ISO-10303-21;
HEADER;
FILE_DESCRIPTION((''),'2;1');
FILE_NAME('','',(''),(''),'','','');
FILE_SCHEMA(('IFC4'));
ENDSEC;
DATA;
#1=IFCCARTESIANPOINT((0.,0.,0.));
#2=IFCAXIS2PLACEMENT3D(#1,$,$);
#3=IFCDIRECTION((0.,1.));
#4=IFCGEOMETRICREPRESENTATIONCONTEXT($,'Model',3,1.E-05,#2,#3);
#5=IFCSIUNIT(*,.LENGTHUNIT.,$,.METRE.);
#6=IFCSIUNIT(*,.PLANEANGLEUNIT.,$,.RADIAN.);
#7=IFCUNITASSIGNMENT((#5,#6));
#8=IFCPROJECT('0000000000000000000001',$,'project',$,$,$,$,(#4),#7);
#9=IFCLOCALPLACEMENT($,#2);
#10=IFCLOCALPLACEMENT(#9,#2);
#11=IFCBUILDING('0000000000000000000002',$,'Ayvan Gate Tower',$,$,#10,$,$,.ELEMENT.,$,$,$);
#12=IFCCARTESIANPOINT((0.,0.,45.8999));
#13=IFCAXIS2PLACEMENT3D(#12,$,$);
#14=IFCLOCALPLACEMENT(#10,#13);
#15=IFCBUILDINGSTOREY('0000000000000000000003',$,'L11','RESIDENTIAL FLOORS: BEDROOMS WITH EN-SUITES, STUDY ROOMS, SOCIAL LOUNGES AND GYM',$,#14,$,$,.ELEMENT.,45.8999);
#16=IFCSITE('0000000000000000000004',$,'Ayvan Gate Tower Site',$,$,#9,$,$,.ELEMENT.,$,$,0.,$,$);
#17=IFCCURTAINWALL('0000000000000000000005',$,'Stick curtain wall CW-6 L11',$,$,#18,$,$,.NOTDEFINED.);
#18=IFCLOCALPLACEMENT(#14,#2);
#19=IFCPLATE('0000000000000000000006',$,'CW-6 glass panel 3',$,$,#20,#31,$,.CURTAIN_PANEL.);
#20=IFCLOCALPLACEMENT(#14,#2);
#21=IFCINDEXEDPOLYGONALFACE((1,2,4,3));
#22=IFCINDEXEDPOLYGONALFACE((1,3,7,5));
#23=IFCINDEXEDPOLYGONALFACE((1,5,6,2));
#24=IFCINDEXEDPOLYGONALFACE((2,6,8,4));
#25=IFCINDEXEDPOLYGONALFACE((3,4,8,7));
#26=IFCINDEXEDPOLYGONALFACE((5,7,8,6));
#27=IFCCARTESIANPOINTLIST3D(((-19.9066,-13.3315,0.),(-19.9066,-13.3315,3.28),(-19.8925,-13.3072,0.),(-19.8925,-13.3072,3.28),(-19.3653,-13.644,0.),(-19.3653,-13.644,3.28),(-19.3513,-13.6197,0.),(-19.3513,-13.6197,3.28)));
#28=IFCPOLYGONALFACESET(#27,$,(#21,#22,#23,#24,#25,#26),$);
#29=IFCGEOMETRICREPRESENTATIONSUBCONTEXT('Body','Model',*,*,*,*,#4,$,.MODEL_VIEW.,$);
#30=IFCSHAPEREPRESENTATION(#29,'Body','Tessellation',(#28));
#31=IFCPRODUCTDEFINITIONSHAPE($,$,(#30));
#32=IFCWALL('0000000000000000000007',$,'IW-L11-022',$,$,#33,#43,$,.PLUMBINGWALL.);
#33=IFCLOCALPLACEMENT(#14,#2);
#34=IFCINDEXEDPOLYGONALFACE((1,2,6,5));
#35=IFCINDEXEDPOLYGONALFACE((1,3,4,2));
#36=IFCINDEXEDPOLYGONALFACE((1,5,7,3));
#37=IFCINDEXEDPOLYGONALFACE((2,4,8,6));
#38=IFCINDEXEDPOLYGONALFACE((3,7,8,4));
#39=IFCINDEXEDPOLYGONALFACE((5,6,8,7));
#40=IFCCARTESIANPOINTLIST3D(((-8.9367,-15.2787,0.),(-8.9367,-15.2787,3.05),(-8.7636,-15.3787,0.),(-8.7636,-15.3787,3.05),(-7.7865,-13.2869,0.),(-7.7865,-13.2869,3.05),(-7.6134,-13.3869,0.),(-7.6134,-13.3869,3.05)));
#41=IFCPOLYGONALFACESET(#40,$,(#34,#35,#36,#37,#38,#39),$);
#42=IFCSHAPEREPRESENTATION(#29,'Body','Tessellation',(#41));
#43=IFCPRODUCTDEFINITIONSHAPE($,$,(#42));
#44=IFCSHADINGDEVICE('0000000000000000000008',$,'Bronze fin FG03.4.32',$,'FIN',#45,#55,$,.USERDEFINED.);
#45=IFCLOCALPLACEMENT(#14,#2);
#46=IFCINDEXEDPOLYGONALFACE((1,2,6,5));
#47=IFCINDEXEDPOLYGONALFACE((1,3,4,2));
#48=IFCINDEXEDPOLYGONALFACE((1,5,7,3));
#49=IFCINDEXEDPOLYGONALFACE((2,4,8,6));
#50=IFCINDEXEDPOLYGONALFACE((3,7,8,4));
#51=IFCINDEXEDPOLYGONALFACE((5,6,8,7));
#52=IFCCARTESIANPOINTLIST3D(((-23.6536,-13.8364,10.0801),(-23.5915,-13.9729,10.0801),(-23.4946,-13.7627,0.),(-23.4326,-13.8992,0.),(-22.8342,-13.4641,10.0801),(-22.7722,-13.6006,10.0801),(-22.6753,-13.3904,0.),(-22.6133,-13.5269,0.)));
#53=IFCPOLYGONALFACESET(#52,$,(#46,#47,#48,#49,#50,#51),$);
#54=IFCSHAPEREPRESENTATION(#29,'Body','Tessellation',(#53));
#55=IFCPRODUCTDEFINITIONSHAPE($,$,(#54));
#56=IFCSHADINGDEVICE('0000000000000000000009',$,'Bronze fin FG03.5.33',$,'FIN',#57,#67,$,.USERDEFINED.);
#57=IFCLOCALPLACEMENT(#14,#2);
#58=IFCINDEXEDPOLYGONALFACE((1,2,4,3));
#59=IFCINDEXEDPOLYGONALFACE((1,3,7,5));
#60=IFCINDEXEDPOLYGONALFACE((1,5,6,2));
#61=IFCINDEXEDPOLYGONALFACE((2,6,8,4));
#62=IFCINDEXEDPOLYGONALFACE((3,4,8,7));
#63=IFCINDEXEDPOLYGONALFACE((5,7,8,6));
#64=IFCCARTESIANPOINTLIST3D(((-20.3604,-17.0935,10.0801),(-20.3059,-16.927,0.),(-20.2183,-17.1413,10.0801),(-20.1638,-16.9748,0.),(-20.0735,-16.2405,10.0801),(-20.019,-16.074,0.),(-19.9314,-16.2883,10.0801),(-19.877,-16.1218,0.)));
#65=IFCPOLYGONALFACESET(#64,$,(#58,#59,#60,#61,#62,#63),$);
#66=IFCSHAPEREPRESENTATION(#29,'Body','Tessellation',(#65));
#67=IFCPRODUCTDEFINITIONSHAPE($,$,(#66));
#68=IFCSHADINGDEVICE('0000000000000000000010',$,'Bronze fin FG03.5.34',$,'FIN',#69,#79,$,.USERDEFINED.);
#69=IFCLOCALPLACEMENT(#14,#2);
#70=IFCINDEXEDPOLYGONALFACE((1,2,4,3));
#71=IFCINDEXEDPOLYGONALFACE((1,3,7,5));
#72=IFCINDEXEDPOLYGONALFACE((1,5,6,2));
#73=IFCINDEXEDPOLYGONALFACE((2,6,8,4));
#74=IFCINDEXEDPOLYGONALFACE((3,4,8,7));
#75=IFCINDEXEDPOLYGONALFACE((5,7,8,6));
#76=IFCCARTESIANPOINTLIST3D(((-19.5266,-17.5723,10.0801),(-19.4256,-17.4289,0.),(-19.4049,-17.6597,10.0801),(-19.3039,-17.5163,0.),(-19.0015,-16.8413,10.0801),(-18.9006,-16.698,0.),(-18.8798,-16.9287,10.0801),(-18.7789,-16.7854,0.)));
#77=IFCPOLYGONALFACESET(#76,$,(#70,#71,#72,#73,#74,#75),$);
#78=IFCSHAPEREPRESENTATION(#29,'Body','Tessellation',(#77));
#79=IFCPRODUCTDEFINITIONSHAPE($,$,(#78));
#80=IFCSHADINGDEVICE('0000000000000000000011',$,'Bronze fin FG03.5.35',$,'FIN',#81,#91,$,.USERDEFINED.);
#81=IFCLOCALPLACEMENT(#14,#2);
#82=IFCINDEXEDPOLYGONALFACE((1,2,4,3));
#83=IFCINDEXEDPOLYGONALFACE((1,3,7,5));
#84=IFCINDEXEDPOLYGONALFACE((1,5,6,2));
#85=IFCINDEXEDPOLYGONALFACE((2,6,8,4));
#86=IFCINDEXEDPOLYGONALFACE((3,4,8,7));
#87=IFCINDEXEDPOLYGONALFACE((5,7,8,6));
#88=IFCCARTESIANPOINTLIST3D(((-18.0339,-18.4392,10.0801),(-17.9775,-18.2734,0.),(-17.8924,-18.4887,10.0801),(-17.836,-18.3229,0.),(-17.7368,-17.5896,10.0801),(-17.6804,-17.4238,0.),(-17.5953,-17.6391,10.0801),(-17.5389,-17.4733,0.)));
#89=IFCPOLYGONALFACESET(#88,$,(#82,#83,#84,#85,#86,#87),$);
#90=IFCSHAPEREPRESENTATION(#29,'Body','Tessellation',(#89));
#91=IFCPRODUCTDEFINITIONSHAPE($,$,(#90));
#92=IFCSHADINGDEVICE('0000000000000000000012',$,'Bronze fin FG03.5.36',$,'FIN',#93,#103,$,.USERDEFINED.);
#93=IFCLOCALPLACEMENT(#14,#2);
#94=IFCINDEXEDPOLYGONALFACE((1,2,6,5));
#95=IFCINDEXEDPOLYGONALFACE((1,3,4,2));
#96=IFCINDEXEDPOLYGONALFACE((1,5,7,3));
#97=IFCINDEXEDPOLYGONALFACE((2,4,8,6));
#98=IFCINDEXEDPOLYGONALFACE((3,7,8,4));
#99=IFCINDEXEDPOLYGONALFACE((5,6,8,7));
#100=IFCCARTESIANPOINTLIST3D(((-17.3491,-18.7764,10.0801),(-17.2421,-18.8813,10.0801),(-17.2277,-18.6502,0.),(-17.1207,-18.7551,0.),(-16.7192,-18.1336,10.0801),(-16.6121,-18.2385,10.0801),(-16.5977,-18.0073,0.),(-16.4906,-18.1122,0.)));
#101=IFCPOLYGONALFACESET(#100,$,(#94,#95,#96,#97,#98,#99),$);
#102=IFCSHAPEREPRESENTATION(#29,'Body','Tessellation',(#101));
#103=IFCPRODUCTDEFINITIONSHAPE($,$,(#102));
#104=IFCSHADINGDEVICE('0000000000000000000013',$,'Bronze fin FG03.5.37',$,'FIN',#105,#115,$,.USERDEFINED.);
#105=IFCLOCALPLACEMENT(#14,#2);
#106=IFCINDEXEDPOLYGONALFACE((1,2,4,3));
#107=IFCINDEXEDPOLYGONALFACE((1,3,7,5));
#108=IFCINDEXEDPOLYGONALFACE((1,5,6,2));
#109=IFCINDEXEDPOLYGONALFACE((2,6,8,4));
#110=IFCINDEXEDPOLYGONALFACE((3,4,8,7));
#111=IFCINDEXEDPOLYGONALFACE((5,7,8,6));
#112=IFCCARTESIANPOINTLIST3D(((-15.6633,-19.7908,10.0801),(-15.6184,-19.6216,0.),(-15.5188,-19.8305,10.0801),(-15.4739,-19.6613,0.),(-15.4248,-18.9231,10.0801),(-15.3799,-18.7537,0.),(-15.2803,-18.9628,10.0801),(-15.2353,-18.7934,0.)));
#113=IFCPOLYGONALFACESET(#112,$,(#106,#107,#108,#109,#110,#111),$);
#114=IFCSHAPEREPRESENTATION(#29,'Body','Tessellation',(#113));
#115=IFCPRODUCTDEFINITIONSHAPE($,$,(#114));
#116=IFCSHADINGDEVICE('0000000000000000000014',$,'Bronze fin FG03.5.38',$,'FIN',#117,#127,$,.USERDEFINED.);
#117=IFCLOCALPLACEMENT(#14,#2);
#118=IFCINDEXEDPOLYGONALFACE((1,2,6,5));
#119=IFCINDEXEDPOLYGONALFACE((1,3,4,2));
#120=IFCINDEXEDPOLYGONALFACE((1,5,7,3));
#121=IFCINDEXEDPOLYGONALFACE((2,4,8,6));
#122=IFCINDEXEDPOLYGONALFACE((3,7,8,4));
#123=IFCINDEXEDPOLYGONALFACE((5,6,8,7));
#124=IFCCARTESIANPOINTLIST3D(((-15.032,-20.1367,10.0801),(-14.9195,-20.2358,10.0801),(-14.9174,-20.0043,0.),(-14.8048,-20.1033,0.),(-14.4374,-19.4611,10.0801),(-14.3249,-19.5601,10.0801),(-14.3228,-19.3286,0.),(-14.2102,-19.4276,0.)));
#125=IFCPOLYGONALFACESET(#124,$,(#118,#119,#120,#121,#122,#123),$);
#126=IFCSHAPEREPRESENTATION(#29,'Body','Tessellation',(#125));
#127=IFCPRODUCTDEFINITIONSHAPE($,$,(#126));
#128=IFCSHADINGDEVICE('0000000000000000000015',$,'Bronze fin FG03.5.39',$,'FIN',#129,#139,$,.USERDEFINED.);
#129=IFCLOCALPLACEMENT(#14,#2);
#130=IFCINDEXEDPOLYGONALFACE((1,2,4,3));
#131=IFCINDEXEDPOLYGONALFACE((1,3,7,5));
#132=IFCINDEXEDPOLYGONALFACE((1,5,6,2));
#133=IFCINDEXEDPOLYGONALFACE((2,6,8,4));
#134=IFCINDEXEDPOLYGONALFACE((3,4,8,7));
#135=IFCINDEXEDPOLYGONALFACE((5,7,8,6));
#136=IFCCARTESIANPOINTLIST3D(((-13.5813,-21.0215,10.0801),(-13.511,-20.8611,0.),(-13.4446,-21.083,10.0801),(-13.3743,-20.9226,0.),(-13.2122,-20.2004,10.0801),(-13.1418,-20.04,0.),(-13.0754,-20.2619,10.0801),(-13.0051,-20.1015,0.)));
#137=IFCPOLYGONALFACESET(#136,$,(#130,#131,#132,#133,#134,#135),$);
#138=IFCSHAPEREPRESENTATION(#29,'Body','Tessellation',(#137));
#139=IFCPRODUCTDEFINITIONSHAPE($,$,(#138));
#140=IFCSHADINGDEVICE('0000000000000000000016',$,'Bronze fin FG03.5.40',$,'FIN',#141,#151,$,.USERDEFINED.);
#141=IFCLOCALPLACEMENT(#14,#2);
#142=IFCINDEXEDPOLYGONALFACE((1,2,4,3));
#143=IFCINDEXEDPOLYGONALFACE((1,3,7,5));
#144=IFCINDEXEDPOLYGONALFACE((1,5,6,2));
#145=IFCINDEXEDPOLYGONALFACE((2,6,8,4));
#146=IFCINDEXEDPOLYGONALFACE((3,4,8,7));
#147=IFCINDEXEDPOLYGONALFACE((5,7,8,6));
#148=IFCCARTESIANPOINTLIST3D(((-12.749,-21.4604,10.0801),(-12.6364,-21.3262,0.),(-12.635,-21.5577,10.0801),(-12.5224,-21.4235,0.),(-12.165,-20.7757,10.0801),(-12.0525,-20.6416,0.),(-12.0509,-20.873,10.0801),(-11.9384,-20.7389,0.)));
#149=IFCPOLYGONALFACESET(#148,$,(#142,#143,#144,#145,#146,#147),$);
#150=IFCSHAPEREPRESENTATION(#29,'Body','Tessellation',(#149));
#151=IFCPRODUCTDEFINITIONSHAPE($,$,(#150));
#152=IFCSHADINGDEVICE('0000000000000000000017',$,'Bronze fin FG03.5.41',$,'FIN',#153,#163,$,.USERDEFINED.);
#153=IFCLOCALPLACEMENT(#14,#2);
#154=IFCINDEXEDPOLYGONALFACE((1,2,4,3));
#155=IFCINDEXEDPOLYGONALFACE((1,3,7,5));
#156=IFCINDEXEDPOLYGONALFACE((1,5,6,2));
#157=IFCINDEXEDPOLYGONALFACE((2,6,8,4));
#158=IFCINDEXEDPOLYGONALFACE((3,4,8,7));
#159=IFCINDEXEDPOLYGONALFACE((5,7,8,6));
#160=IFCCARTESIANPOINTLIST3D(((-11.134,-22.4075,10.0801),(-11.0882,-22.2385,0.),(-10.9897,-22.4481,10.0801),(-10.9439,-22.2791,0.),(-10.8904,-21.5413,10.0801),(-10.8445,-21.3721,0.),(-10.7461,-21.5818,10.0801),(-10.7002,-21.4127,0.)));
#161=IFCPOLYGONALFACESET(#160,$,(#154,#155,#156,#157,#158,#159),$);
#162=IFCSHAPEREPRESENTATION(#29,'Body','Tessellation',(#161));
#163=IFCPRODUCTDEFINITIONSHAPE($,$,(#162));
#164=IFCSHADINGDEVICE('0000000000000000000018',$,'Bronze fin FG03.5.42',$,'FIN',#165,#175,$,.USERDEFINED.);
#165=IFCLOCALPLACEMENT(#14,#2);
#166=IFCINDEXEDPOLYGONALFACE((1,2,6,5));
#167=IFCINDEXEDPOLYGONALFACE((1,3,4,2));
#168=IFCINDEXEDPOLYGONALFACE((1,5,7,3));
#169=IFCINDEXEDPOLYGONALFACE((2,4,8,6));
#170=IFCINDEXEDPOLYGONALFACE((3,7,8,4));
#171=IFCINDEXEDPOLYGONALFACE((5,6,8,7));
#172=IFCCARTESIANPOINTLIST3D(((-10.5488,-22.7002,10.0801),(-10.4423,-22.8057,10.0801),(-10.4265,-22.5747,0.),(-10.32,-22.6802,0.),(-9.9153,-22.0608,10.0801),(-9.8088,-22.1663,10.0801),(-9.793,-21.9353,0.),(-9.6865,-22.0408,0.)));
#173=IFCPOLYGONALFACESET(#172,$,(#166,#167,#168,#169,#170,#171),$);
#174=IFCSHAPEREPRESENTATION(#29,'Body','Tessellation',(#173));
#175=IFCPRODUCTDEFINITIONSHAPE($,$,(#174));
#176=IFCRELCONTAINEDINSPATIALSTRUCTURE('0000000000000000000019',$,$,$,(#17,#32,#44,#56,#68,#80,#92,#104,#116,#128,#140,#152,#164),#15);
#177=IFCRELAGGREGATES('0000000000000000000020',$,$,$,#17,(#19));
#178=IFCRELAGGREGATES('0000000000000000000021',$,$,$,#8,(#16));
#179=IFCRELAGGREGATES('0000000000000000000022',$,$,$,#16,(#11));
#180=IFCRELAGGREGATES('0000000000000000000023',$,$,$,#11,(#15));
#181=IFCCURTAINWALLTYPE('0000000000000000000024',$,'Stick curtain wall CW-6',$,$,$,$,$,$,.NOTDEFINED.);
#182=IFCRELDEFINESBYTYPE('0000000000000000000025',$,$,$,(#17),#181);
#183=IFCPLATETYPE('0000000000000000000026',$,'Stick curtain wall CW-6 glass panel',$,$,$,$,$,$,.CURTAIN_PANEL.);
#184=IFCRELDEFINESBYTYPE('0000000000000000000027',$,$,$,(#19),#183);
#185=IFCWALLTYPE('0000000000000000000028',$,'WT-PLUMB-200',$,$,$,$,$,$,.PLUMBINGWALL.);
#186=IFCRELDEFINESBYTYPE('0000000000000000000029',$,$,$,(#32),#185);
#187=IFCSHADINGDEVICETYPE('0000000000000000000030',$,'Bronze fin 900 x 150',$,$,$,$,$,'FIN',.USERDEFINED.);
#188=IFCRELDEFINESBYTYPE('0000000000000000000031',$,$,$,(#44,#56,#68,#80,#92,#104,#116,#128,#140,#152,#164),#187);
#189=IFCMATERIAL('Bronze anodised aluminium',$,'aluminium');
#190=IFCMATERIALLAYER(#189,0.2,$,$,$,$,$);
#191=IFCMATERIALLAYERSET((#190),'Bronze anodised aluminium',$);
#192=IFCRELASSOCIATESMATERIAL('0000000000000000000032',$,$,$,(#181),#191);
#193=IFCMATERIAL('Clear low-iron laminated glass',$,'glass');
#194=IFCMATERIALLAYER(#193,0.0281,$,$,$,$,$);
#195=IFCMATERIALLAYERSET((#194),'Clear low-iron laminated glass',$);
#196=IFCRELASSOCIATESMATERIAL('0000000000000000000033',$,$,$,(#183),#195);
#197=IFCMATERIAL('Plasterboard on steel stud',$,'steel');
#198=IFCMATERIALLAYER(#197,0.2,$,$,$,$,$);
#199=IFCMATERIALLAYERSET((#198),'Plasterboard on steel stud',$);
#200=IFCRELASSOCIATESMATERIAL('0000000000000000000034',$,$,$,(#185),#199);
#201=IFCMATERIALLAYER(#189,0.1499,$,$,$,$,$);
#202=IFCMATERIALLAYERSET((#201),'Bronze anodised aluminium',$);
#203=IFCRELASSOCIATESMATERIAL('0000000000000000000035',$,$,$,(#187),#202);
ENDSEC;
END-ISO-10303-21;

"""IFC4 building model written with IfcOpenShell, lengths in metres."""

from ifc_helpers import new_model, si_unit, direction, frame, frame_2d, origin, origin_2d, place, context, subcontext, project, spatial, polyline, rectangle, outline, extrude, material, layer, layer_set, type_object, element, aggregate, save


model = new_model("IFC4")

# Units and contexts
model_context = context("Model", 3, precision=1e-05, world=origin(), true_north=direction((0.0, 1.0)))
body_context = subcontext(model_context, "Body", "Model", "MODEL_VIEW")
ifc_project = project(units=[si_unit("LENGTHUNIT", "METRE"), si_unit("PLANEANGLEUNIT", "RADIAN")], contexts=[model_context])

# Site, building, storey
site_placement = place(None, origin())
site = spatial("IfcSite", under=ifc_project, at=site_placement, Name="Ayvan Gate Tower Site", CompositionType="ELEMENT", RefElevation=0.0)
building_placement = place(site_placement, origin())
building = spatial("IfcBuilding", under=site, at=building_placement, Name="Ayvan Gate Tower", CompositionType="ELEMENT")
storey_placement = place(building_placement, frame((0.0, 0.0, 45.8999)))
storey = spatial("IfcBuildingStorey", under=building, at=storey_placement, Name="L11", Description="RESIDENTIAL FLOORS: BEDROOMS WITH EN-SUITES, STUDY ROOMS, SOCIAL LOUNGES AND GYM", CompositionType="ELEMENT", Elevation=45.8999)

# Shared definitions
ifc_material_1 = material(Name="Bronze anodised aluminium", Category="aluminium")

# Curtain wall
ifc_layer_1 = layer(ifc_material_1, 0.2)
ifc_layer_set_1 = layer_set([ifc_layer_1], Name="Bronze anodised aluminium")
curtain_wall_type_1 = type_object("IfcCurtainWallType", Name="Stick curtain wall CW-6", PredefinedType="NOTDEFINED", material=ifc_layer_set_1)
curtain_wall_1_placement = place(storey_placement, origin())
curtain_wall_1 = element("IfcCurtainWall", 1, at=curtain_wall_1_placement, inside=storey, type_object=curtain_wall_type_1, Name="Stick curtain wall CW-6 L11", PredefinedType="NOTDEFINED")

# Plate
ifc_material_2 = material(Name="Clear low-iron laminated glass", Category="glass")
ifc_layer_2 = layer(ifc_material_2, 0.0281)
ifc_layer_set_2 = layer_set([ifc_layer_2], Name="Clear low-iron laminated glass")
plate_type_1 = type_object("IfcPlateType", Name="Stick curtain wall CW-6 glass panel", PredefinedType="CURTAIN_PANEL", material=ifc_layer_set_2)
plate_1_placement = place(storey_placement, frame((-19.6289, -13.4756, 0.0), z_axis=(0.0, 0.0, 1.0), x_axis=(0.866025, -0.5, 0.0)))
plate_1 = element("IfcPlate", 2, at=plate_1_placement, type_object=plate_type_1, Name="CW-6 glass panel 3", PredefinedType="CURTAIN_PANEL", context=body_context, shape_type="SweptSolid", body=[
    extrude(rectangle(XDim=0.625, YDim=0.0281, at=origin_2d()), origin(), (0.0, 0.0, 1.0), 3.28),
])
aggregate(curtain_wall_1, [plate_1])

# Wall
ifc_material_3 = material(Name="Plasterboard on steel stud", Category="steel")
ifc_layer_3 = layer(ifc_material_3, 0.2)
ifc_layer_set_3 = layer_set([ifc_layer_3], Name="Plasterboard on steel stud")
wall_type = type_object("IfcWallType", Name="WT-PLUMB-200", PredefinedType="PLUMBINGWALL", material=ifc_layer_set_3)
wall_placement = place(storey_placement, frame((-8.8501, -15.3286, 0.0), z_axis=(0.0, 0.0, 1.0), x_axis=(0.500078, 0.865981, 0.0)))
element("IfcWall", 3, at=wall_placement, inside=storey, type_object=wall_type, Name="IW-L11-022", PredefinedType="PLUMBINGWALL", context=body_context, shape_type="SweptSolid", body=[
    extrude(rectangle(XDim=2.3, YDim=0.2, at=frame_2d((1.1499, 0.0))), origin(), (0.0, 0.0, 1.0), 3.05),
])

# Shading devices
ifc_layer_4 = layer(ifc_material_1, 0.1499)
ifc_layer_set_4 = layer_set([ifc_layer_4], Name="Bronze anodised aluminium")
shading_device_type = type_object("IfcShadingDeviceType", Name="Bronze fin 900 x 150", ElementType="FIN", PredefinedType="USERDEFINED", material=ifc_layer_set_4)
shading_device_1_placement = place(storey_placement, frame((-22.6753, -13.3904, 0.0), z_axis=(-0.413701, 0.910413, 0.000136), x_axis=(-0.910413, -0.413701, 0.0)))
element("IfcShadingDevice", 4, at=shading_device_1_placement, inside=storey, type_object=shading_device_type, Name="Bronze fin FG03.4.32", ObjectType="FIN", PredefinedType="USERDEFINED", context=body_context, shape_type="SweptSolid", body=[
    extrude(outline(polyline([(0.0, 0.0), (0.9, 0.0), (1.0752, 10.0801), (0.1752, 10.0801), (0.0, 0.0)])), origin(), (0.0, 0.0, -1.0), 0.1499),
])
shading_device_2_placement = place(storey_placement, frame((-20.019, -16.074, 0.0), z_axis=(-0.947839, 0.31875, 0.000146), x_axis=(-0.31875, -0.947839, 0.0)))
element("IfcShadingDevice", 5, at=shading_device_2_placement, inside=storey, type_object=shading_device_type, Name="Bronze fin FG03.5.33", ObjectType="FIN", PredefinedType="USERDEFINED", context=body_context, shape_type="SweptSolid", body=[
    extrude(outline(polyline([(0.0, 0.0), (0.9, 0.0), (1.0751, 10.0801), (0.1752, 10.0801), (0.0, 0.0)])), origin(), (0.0, 0.0, -1.0), 0.1499),
])
shading_device_3_placement = place(storey_placement, frame((-18.9006, -16.698, 0.0), z_axis=(-0.8122, 0.583379, 0.00016), x_axis=(-0.583379, -0.8122, 0.0)))
element("IfcShadingDevice", 6, at=shading_device_3_placement, inside=storey, type_object=shading_device_type, Name="Bronze fin FG03.5.34", ObjectType="FIN", PredefinedType="USERDEFINED", context=body_context, shape_type="SweptSolid", body=[
    extrude(outline(polyline([(0.0, 0.0), (0.8999, 0.0), (1.0753, 10.0801), (0.1752, 10.0801), (0.0, 0.0)])), origin(), (0.0, 0.0, -1.0), 0.1499),
])
shading_device_4_placement = place(storey_placement, frame((-17.6804, -17.4238, 0.0), z_axis=(-0.943943, 0.330109, 0.000148), x_axis=(-0.330109, -0.943943, 0.0)))
element("IfcShadingDevice", 7, at=shading_device_4_placement, inside=storey, type_object=shading_device_type, Name="Bronze fin FG03.5.35", ObjectType="FIN", PredefinedType="USERDEFINED", context=body_context, shape_type="SweptSolid", body=[
    extrude(outline(polyline([(0.0, 0.0), (0.9001, 0.0), (1.0752, 10.0801), (0.1751, 10.0801), (0.0, 0.0)])), origin(), (0.0, 0.0, -1.0), 0.1499),
])
shading_device_5_placement = place(storey_placement, frame((-16.5977, -18.0073, 0.0), z_axis=(-0.714191, 0.699951, 0.000159), x_axis=(-0.699951, -0.714191, 0.0)))
element("IfcShadingDevice", 8, at=shading_device_5_placement, inside=storey, type_object=shading_device_type, Name="Bronze fin FG03.5.36", ObjectType="FIN", PredefinedType="USERDEFINED", context=body_context, shape_type="SweptSolid", body=[
    extrude(outline(polyline([(0.0, 0.0), (0.9002, 0.0), (1.0752, 10.0801), (0.1752, 10.0801), (0.0, 0.0)])), origin(), (0.0, 0.0, -1.0), 0.1499),
])
shading_device_6_placement = place(storey_placement, frame((-15.3799, -18.7537, 0.0), z_axis=(-0.964239, 0.265034, 0.000155), x_axis=(-0.265034, -0.964239, 0.0)))
element("IfcShadingDevice", 9, at=shading_device_6_placement, inside=storey, type_object=shading_device_type, Name="Bronze fin FG03.5.37", ObjectType="FIN", PredefinedType="USERDEFINED", context=body_context, shape_type="SweptSolid", body=[
    extrude(outline(polyline([(0.0, 0.0), (0.9001, 0.0), (1.0751, 10.0801), (0.1753, 10.0801), (0.0, 0.0)])), origin(), (0.0, 0.0, -1.0), 0.1499),
])
shading_device_7_placement = place(storey_placement, frame((-14.3228, -19.3286, 0.0), z_axis=(-0.7507, 0.660643, 0.000144), x_axis=(-0.660643, -0.7507, 0.0)))
element("IfcShadingDevice", 10, at=shading_device_7_placement, inside=storey, type_object=shading_device_type, Name="Bronze fin FG03.5.38", ObjectType="FIN", PredefinedType="USERDEFINED", context=body_context, shape_type="SweptSolid", body=[
    extrude(outline(polyline([(0.0, 0.0), (0.9, 0.0), (1.0752, 10.0801), (0.1752, 10.0801), (0.0, 0.0)])), origin(), (0.0, 0.0, -1.0), 0.1499),
])
shading_device_8_placement = place(storey_placement, frame((-13.1418, -20.04, 0.0), z_axis=(-0.912058, 0.41006, 0.000163), x_axis=(-0.41006, -0.912058, 0.0)))
element("IfcShadingDevice", 11, at=shading_device_8_placement, inside=storey, type_object=shading_device_type, Name="Bronze fin FG03.5.39", ObjectType="FIN", PredefinedType="USERDEFINED", context=body_context, shape_type="SweptSolid", body=[
    extrude(outline(polyline([(0.0, 0.0), (0.9002, 0.0), (1.0753, 10.0801), (0.1751, 10.0801), (0.0, 0.0)])), origin(), (0.0, 0.0, -1.0), 0.1499),
])
shading_device_9_placement = place(storey_placement, frame((-12.0525, -20.6416, 0.0), z_axis=(-0.760844, 0.648935, 0.000141), x_axis=(-0.648935, -0.760844, 0.0)))
element("IfcShadingDevice", 12, at=shading_device_9_placement, inside=storey, type_object=shading_device_type, Name="Bronze fin FG03.5.40", ObjectType="FIN", PredefinedType="USERDEFINED", context=body_context, shape_type="SweptSolid", body=[
    extrude(outline(polyline([(0.0, 0.0), (0.8998, 0.0), (1.075, 10.0801), (0.175, 10.0801), (0.0, 0.0)])), origin(), (0.0, 0.0, -1.0), 0.1499),
])
shading_device_10_placement = place(storey_placement, frame((-10.8445, -21.3721, 0.0), z_axis=(-0.962652, 0.270742, 0.000158), x_axis=(-0.270742, -0.962652, 0.0)))
element("IfcShadingDevice", 13, at=shading_device_10_placement, inside=storey, type_object=shading_device_type, Name="Bronze fin FG03.5.41", ObjectType="FIN", PredefinedType="USERDEFINED", context=body_context, shape_type="SweptSolid", body=[
    extrude(outline(polyline([(0.0, 0.0), (0.9001, 0.0), (1.0751, 10.0801), (0.1753, 10.0801), (0.0, 0.0)])), origin(), (0.0, 0.0, -1.0), 0.1499),
])
shading_device_11_placement = place(storey_placement, frame((-9.793, -21.9353, 0.0), z_axis=(-0.710354, 0.703845, 0.000143), x_axis=(-0.703845, -0.710354, 0.0)))
element("IfcShadingDevice", 14, at=shading_device_11_placement, inside=storey, type_object=shading_device_type, Name="Bronze fin FG03.5.42", ObjectType="FIN", PredefinedType="USERDEFINED", context=body_context, shape_type="SweptSolid", body=[
    extrude(outline(polyline([(0.0, 0.0), (0.9001, 0.0), (1.0754, 10.0801), (0.1752, 10.0801), (0.0, 0.0)])), origin(), (0.0, 0.0, -1.0), 0.1499),
])

save(model, "model.ifc")
